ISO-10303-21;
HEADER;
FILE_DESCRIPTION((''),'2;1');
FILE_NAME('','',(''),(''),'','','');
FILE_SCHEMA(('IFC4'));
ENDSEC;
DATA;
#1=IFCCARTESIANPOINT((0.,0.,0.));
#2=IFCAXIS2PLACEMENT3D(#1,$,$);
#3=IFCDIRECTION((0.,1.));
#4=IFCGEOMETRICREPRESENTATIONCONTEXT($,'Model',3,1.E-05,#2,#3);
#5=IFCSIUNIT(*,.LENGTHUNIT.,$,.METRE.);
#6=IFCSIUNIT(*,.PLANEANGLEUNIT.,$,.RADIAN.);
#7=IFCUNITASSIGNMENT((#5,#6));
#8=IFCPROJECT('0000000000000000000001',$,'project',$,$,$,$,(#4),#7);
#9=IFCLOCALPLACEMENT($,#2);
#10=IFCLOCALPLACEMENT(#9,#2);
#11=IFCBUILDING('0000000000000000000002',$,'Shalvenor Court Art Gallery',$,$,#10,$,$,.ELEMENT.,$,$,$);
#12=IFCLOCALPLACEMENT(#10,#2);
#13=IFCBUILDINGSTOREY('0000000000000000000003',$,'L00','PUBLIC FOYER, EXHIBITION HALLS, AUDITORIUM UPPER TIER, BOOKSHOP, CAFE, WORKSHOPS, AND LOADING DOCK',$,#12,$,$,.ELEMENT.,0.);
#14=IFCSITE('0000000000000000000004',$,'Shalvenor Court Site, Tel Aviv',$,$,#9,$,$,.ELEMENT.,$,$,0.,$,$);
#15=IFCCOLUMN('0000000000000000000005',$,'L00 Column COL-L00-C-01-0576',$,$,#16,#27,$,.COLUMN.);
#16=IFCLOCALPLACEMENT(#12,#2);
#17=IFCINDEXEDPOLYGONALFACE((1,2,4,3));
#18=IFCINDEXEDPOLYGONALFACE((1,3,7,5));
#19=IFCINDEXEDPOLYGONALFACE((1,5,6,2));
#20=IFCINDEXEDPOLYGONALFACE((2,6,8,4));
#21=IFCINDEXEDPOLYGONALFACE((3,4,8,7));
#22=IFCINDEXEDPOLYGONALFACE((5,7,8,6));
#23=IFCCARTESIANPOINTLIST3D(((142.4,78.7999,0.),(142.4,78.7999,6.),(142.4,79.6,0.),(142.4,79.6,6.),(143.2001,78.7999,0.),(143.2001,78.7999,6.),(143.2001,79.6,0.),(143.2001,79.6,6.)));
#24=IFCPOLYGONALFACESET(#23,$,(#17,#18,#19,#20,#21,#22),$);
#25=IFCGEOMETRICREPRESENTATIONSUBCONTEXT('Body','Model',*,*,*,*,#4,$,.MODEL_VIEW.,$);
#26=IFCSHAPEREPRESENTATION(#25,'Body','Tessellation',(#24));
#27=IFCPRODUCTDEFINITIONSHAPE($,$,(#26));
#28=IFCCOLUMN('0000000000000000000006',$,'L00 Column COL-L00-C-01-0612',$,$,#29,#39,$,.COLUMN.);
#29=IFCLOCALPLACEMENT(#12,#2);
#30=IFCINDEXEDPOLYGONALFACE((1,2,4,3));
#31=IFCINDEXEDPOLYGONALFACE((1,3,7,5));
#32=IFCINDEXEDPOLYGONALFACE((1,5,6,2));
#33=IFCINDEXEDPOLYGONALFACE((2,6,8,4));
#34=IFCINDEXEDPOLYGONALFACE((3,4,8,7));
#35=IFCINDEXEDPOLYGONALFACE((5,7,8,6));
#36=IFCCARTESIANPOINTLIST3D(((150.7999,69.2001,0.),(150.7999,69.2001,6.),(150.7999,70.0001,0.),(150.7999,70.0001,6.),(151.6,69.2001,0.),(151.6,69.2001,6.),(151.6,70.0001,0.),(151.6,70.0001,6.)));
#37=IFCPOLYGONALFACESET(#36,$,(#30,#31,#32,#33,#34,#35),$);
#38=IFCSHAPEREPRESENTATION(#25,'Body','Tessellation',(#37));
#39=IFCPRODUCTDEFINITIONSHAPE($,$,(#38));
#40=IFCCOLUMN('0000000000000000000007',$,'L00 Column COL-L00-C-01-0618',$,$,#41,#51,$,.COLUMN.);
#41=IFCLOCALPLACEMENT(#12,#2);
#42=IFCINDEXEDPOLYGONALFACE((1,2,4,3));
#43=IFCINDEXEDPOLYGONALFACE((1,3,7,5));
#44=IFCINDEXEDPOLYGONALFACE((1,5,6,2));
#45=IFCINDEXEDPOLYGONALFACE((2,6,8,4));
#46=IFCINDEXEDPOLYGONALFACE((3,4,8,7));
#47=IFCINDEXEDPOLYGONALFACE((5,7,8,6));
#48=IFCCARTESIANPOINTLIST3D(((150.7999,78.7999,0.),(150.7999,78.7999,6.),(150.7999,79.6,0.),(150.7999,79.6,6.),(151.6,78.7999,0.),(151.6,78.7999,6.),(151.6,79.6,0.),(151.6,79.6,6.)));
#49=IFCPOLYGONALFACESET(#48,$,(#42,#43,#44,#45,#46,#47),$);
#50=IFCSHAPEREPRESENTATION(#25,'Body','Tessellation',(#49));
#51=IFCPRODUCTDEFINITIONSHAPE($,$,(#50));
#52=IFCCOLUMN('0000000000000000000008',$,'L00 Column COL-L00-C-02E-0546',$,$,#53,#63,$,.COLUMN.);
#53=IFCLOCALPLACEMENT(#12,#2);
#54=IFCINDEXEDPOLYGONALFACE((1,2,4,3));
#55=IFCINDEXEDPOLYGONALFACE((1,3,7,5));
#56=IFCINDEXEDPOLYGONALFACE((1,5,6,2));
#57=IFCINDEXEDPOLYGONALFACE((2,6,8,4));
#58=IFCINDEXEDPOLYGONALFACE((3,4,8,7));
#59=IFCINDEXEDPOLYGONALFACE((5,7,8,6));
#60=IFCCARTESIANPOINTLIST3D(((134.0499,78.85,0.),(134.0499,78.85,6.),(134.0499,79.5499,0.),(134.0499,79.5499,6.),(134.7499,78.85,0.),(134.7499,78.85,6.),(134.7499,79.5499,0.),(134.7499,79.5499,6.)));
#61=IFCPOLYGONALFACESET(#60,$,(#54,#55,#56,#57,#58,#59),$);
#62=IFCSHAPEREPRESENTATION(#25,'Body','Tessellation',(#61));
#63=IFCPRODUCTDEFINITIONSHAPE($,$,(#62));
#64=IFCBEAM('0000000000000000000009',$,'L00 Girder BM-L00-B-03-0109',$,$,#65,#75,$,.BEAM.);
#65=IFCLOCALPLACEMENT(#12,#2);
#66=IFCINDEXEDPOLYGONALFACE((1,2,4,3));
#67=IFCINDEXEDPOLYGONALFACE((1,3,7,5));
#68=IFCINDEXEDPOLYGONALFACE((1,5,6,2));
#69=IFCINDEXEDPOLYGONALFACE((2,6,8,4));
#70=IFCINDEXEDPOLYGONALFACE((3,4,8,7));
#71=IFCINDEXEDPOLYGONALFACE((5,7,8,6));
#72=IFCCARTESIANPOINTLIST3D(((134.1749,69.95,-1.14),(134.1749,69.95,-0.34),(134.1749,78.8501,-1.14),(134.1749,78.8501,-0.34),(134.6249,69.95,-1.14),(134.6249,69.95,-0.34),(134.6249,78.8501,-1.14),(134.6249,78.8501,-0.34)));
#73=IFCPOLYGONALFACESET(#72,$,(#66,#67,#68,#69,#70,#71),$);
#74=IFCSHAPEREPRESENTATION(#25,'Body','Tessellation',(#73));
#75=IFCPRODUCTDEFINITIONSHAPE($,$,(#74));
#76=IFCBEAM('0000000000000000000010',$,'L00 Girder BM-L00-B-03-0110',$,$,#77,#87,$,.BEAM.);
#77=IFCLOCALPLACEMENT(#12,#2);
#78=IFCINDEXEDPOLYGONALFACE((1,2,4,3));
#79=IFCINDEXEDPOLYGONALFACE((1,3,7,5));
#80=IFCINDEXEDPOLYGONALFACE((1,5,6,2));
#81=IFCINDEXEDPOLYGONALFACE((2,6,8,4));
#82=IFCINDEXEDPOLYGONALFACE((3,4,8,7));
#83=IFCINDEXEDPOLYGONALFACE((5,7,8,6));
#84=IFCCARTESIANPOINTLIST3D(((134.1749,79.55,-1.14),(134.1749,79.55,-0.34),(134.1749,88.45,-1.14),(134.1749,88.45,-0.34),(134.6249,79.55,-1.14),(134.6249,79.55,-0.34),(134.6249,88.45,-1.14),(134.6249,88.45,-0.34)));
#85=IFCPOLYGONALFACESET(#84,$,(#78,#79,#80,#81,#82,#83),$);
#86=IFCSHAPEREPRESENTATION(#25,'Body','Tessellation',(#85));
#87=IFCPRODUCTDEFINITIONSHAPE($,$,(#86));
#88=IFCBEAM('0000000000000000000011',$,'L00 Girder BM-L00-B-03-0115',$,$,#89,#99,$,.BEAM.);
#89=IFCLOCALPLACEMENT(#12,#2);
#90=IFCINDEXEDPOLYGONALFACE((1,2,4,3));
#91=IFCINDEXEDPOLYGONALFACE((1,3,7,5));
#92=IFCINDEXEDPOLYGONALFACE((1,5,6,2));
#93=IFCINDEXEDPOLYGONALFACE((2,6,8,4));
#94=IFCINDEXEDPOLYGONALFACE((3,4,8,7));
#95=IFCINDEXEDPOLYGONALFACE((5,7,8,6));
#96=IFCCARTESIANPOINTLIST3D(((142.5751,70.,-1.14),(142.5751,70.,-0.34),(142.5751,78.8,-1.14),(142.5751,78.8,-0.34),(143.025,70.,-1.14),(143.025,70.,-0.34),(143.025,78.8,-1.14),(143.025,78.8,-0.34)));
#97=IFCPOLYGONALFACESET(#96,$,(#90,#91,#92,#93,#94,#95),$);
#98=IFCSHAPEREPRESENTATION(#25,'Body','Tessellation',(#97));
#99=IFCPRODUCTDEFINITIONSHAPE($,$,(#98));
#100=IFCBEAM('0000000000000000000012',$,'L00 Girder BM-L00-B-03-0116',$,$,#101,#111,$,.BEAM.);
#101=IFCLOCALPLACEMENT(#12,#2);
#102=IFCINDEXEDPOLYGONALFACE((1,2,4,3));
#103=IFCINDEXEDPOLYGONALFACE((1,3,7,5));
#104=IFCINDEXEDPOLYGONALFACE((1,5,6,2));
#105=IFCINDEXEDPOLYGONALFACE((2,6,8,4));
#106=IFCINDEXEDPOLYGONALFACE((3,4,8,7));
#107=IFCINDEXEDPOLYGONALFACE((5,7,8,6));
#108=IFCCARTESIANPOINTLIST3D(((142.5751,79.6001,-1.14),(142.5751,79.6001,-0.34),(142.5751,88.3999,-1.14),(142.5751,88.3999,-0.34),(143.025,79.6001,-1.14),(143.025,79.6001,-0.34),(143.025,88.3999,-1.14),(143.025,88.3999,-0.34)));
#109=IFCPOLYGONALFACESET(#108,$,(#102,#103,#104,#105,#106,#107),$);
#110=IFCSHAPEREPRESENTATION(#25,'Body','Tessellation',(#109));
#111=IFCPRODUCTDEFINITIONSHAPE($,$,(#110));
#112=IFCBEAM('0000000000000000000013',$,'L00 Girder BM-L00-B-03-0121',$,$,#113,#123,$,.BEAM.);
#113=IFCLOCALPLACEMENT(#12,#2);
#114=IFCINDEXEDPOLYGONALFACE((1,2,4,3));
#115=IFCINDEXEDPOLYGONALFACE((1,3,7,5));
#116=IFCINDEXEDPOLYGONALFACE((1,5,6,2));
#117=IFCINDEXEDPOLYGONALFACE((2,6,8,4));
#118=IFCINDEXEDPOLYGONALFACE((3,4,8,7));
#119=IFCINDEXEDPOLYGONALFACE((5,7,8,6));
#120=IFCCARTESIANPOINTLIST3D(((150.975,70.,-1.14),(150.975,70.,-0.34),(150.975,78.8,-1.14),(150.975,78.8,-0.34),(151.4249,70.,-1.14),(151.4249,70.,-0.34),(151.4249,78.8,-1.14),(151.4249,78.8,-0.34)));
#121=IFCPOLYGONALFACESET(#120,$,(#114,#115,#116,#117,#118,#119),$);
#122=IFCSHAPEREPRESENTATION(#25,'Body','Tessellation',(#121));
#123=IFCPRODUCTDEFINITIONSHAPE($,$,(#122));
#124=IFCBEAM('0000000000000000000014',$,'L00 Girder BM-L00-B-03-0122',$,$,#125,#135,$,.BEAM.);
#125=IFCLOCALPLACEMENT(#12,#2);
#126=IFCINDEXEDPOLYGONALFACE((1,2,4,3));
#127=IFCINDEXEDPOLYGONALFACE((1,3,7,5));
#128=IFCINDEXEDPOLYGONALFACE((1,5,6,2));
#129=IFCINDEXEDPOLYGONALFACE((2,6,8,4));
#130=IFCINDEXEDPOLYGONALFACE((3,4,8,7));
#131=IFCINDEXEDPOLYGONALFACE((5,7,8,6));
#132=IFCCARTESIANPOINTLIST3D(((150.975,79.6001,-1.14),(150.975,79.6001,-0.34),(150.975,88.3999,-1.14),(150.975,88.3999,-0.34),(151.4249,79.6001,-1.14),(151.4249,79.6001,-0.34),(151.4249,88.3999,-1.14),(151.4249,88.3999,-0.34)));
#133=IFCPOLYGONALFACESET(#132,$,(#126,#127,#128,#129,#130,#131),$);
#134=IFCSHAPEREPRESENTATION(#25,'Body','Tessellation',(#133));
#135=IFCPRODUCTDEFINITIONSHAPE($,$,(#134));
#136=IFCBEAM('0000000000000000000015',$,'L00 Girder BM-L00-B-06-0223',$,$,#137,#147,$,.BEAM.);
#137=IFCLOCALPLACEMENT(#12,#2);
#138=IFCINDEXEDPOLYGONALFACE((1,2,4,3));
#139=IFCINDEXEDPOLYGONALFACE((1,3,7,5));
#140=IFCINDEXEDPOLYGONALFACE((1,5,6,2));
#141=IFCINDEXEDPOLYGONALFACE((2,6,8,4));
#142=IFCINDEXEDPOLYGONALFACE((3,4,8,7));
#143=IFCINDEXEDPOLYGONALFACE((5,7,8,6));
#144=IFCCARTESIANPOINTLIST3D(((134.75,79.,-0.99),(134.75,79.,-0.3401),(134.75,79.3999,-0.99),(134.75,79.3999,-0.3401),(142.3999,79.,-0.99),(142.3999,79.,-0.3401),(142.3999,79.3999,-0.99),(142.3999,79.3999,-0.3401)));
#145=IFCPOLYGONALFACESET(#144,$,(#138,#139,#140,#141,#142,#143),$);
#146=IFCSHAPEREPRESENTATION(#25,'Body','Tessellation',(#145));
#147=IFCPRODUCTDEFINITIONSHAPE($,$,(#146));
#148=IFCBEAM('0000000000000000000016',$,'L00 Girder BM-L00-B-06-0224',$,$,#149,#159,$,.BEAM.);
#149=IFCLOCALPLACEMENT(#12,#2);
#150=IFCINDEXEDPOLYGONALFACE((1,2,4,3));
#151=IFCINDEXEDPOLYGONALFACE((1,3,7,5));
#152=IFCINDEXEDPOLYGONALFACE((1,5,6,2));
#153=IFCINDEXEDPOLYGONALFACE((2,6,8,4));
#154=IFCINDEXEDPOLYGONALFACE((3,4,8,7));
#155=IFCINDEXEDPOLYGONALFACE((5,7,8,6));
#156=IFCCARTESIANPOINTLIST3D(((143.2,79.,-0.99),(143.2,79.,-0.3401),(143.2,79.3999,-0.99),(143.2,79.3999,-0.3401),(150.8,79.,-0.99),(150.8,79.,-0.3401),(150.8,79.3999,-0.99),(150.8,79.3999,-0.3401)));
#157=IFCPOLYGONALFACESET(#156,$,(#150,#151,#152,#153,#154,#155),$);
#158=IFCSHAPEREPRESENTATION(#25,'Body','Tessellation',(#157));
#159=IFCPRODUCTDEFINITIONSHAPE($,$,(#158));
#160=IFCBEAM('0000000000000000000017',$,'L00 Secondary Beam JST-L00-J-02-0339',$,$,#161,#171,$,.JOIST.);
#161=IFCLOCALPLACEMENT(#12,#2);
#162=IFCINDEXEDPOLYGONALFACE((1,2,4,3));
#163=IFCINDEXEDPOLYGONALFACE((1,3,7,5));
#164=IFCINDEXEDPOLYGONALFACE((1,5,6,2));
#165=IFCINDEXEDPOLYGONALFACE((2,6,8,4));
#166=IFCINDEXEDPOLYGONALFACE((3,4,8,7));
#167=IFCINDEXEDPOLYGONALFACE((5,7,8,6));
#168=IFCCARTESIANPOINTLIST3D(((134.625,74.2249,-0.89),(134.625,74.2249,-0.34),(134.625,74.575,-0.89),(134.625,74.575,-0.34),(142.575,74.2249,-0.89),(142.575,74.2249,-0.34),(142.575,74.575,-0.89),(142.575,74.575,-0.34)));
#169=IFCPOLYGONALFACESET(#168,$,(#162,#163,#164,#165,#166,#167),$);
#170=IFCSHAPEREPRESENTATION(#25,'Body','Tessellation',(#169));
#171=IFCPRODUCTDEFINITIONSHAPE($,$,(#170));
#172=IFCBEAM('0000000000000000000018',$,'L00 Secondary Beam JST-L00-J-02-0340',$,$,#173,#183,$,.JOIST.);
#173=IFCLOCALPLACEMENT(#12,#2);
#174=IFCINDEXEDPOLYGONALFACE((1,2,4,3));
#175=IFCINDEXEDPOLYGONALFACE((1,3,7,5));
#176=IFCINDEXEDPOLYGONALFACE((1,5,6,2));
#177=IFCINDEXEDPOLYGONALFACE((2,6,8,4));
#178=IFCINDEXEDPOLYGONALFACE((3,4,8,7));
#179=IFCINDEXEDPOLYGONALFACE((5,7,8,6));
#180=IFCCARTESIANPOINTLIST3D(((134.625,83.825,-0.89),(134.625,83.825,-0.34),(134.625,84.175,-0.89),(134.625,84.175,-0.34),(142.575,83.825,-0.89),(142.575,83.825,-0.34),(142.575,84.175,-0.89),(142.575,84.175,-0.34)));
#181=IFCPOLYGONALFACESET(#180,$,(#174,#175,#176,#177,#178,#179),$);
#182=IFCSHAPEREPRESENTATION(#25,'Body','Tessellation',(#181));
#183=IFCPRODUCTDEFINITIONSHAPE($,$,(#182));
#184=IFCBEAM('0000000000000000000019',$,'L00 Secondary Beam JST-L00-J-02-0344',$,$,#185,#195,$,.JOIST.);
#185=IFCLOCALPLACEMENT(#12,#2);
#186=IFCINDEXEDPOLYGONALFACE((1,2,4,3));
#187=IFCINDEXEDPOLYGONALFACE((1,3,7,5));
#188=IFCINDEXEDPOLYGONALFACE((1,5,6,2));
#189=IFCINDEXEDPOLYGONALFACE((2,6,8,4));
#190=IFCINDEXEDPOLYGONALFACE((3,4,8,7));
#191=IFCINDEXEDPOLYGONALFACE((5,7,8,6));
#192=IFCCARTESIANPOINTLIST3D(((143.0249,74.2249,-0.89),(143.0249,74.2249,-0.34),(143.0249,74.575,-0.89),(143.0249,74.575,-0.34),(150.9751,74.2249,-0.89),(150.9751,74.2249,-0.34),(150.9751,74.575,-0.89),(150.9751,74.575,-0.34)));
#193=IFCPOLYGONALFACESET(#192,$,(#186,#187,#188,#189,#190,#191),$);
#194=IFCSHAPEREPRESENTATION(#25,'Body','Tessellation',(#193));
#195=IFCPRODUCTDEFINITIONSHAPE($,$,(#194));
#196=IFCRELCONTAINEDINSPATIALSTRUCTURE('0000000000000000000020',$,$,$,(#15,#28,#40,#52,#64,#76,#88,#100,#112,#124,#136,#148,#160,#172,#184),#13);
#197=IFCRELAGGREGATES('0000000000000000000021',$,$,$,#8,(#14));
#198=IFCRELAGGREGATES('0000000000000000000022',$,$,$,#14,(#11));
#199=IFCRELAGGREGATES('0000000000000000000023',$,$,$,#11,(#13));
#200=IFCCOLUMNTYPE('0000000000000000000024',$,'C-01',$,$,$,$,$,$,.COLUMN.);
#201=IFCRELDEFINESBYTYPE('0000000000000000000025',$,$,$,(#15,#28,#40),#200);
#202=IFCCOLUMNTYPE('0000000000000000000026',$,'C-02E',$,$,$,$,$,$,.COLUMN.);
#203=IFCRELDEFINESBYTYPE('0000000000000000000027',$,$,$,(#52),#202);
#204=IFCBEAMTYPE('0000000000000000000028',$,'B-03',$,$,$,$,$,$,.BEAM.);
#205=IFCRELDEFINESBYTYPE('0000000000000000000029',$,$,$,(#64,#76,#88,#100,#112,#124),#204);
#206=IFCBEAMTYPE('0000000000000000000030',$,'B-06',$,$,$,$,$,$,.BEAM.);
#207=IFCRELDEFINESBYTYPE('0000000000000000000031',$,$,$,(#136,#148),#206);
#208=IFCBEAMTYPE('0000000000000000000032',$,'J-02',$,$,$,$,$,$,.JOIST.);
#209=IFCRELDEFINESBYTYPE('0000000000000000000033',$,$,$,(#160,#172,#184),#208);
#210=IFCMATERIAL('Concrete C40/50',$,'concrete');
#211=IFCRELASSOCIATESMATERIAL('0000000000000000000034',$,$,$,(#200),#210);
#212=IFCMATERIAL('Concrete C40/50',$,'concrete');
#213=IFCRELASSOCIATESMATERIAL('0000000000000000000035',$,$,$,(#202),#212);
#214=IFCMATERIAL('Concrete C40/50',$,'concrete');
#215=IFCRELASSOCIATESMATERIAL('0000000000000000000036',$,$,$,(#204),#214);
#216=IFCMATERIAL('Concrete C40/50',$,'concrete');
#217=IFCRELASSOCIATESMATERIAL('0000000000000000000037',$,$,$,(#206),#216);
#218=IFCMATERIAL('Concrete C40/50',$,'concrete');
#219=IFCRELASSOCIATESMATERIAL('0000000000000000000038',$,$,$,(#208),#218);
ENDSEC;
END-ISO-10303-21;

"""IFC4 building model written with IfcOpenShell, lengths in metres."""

from ifc_helpers import new_model, si_unit, direction, frame, origin, origin_2d, place, context, subcontext, project, spatial, rectangle, extrude, material, material_profile, profile_set, type_object, element, save


model = new_model("IFC4")

# Units and contexts
model_context = context("Model", 3, precision=1e-05, world=origin(), true_north=direction((0.0, 1.0)))
body_context = subcontext(model_context, "Body", "Model", "MODEL_VIEW")
ifc_project = project(units=[si_unit("LENGTHUNIT", "METRE"), si_unit("PLANEANGLEUNIT", "RADIAN")], contexts=[model_context])

# Site, building, storey
site_placement = place(None, origin())
site = spatial("IfcSite", under=ifc_project, at=site_placement, Name="Shalvenor Court Site, Tel Aviv", CompositionType="ELEMENT", RefElevation=0.0)
building_placement = place(site_placement, origin())
building = spatial("IfcBuilding", under=site, at=building_placement, Name="Shalvenor Court Art Gallery", CompositionType="ELEMENT")
storey_placement = place(building_placement, origin())
storey = spatial("IfcBuildingStorey", under=building, at=storey_placement, Name="L00", Description="PUBLIC FOYER, EXHIBITION HALLS, AUDITORIUM UPPER TIER, BOOKSHOP, CAFE, WORKSHOPS, AND LOADING DOCK", CompositionType="ELEMENT", Elevation=0.0)

# Columns
ifc_material_1 = material(Name="Concrete C40/50", Category="concrete")
ifc_material_profile_1 = material_profile(ifc_material_1, rectangle(XDim=0.8, YDim=0.8, at=origin_2d()), Name="RC 800x800")
ifc_profile_set_1 = profile_set([ifc_material_profile_1], Name="Concrete C40/50")
column_type_1 = type_object("IfcColumnType", Name="C-01", PredefinedType="COLUMN", material=ifc_profile_set_1)
for number, where, z_axis, x_axis, name in (
    (1, (142.8, 79.2, 0.0), (0.0, 0.0, 1.0), (1.0, 0.0, 0.0), "L00 Column COL-L00-C-01-0576"),
    (2, (151.2, 69.6001, 0.0), (0.0, 0.0, 1.0), (1.0, 0.0, 0.0), "L00 Column COL-L00-C-01-0612"),
    (3, (151.2, 79.2, 0.0), (0.0, 0.0, 1.0), (1.0, 0.0, 0.0), "L00 Column COL-L00-C-01-0618"),
):
    element("IfcColumn", number, at=place(storey_placement, frame(where, z_axis=z_axis, x_axis=x_axis)), inside=storey, type_object=column_type_1, Name=name, PredefinedType="COLUMN", context=body_context, shape_type="SweptSolid", body=[
        extrude(rectangle(XDim=0.8, YDim=0.8, at=origin_2d()), origin(), (0.0, 0.0, 1.0), 6.0),
    ])
ifc_material_2 = material(Name="Concrete C40/50", Category="concrete")
ifc_material_profile_2 = material_profile(ifc_material_2, rectangle(XDim=0.7, YDim=0.7, at=origin_2d()), Name="RC 700x700")
ifc_profile_set_2 = profile_set([ifc_material_profile_2], Name="Concrete C40/50")
column_type_2 = type_object("IfcColumnType", Name="C-02E", PredefinedType="COLUMN", material=ifc_profile_set_2)
column_placement = place(storey_placement, frame((134.3999, 79.2, 0.0), z_axis=(0.0, 0.0, 1.0), x_axis=(1.0, 0.0, 0.0)))
element("IfcColumn", 4, at=column_placement, inside=storey, type_object=column_type_2, Name="L00 Column COL-L00-C-02E-0546", PredefinedType="COLUMN", context=body_context, shape_type="SweptSolid", body=[
    extrude(rectangle(XDim=0.7, YDim=0.7, at=origin_2d()), origin(), (0.0, 0.0, 1.0), 6.0),
])

# Beams
ifc_material_3 = material(Name="Concrete C40/50", Category="concrete")
ifc_material_profile_3 = material_profile(ifc_material_3, rectangle(XDim=0.45, YDim=0.8, at=origin_2d()), Name="RC 450x800")
ifc_profile_set_3 = profile_set([ifc_material_profile_3], Name="Concrete C40/50")
beam_type_1 = type_object("IfcBeamType", Name="B-03", PredefinedType="BEAM", material=ifc_profile_set_3)
beam_1_placement = place(storey_placement, frame((134.3999, 69.95, -0.74), z_axis=(0.0, 1.0, 0.0), x_axis=(-1.0, 0.0, 0.0)))
element("IfcBeam", 5, at=beam_1_placement, inside=storey, type_object=beam_type_1, Name="L00 Girder BM-L00-B-03-0109", PredefinedType="BEAM", context=body_context, shape_type="SweptSolid", body=[
    extrude(rectangle(XDim=0.45, YDim=0.8, at=origin_2d()), origin(), (0.0, 0.0, 1.0), 8.9001),
])
beam_2_placement = place(storey_placement, frame((134.3999, 79.55, -0.74), z_axis=(0.0, 1.0, 0.0), x_axis=(-1.0, 0.0, 0.0)))
element("IfcBeam", 6, at=beam_2_placement, inside=storey, type_object=beam_type_1, Name="L00 Girder BM-L00-B-03-0110", PredefinedType="BEAM", context=body_context, shape_type="SweptSolid", body=[
    extrude(rectangle(XDim=0.45, YDim=0.8, at=origin_2d()), origin(), (0.0, 0.0, 1.0), 8.8999),
])
beam_3_placement = place(storey_placement, frame((142.8, 70.0, -0.74), z_axis=(0.0, 1.0, 0.0), x_axis=(-1.0, 0.0, 0.0)))
element("IfcBeam", 7, at=beam_3_placement, inside=storey, type_object=beam_type_1, Name="L00 Girder BM-L00-B-03-0115", PredefinedType="BEAM", context=body_context, shape_type="SweptSolid", body=[
    extrude(rectangle(XDim=0.45, YDim=0.8, at=origin_2d()), origin(), (0.0, 0.0, 1.0), 8.8),
])
beam_4_placement = place(storey_placement, frame((142.8, 79.6001, -0.74), z_axis=(0.0, 1.0, 0.0), x_axis=(-1.0, 0.0, 0.0)))
element("IfcBeam", 8, at=beam_4_placement, inside=storey, type_object=beam_type_1, Name="L00 Girder BM-L00-B-03-0116", PredefinedType="BEAM", context=body_context, shape_type="SweptSolid", body=[
    extrude(rectangle(XDim=0.45, YDim=0.8, at=origin_2d()), origin(), (0.0, 0.0, 1.0), 8.7998),
])
beam_5_placement = place(storey_placement, frame((151.2, 70.0, -0.74), z_axis=(0.0, 1.0, 0.0), x_axis=(-1.0, 0.0, 0.0)))
element("IfcBeam", 9, at=beam_5_placement, inside=storey, type_object=beam_type_1, Name="L00 Girder BM-L00-B-03-0121", PredefinedType="BEAM", context=body_context, shape_type="SweptSolid", body=[
    extrude(rectangle(XDim=0.45, YDim=0.8, at=origin_2d()), origin(), (0.0, 0.0, 1.0), 8.8),
])
beam_6_placement = place(storey_placement, frame((151.2, 79.6001, -0.74), z_axis=(0.0, 1.0, 0.0), x_axis=(-1.0, 0.0, 0.0)))
element("IfcBeam", 10, at=beam_6_placement, inside=storey, type_object=beam_type_1, Name="L00 Girder BM-L00-B-03-0122", PredefinedType="BEAM", context=body_context, shape_type="SweptSolid", body=[
    extrude(rectangle(XDim=0.45, YDim=0.8, at=origin_2d()), origin(), (0.0, 0.0, 1.0), 8.7998),
])
ifc_material_4 = material(Name="Concrete C40/50", Category="concrete")
ifc_material_profile_4 = material_profile(ifc_material_4, rectangle(XDim=0.3999, YDim=0.6499, at=origin_2d()), Name="RC 400x650")
ifc_profile_set_4 = profile_set([ifc_material_profile_4], Name="Concrete C40/50")
beam_type_2 = type_object("IfcBeamType", Name="B-06", PredefinedType="BEAM", material=ifc_profile_set_4)
beam_7_placement = place(storey_placement, frame((134.75, 79.2, -0.665), z_axis=(1.0, 0.0, 0.0), x_axis=(0.0, 1.0, 0.0)))
element("IfcBeam", 11, at=beam_7_placement, inside=storey, type_object=beam_type_2, Name="L00 Girder BM-L00-B-06-0223", PredefinedType="BEAM", context=body_context, shape_type="SweptSolid", body=[
    extrude(rectangle(XDim=0.3999, YDim=0.6499, at=origin_2d()), origin(), (0.0, 0.0, 1.0), 7.6499),
])
beam_8_placement = place(storey_placement, frame((143.2, 79.2, -0.665), z_axis=(1.0, 0.0, 0.0), x_axis=(0.0, 1.0, 0.0)))
element("IfcBeam", 12, at=beam_8_placement, inside=storey, type_object=beam_type_2, Name="L00 Girder BM-L00-B-06-0224", PredefinedType="BEAM", context=body_context, shape_type="SweptSolid", body=[
    extrude(rectangle(XDim=0.3999, YDim=0.6499, at=origin_2d()), origin(), (0.0, 0.0, 1.0), 7.6001),
])
ifc_material_5 = material(Name="Concrete C40/50", Category="concrete")
ifc_material_profile_5 = material_profile(ifc_material_5, rectangle(XDim=0.3501, YDim=0.55, at=origin_2d()), Name="RC 350x550")
ifc_profile_set_5 = profile_set([ifc_material_profile_5], Name="Concrete C40/50")
beam_type_3 = type_object("IfcBeamType", Name="J-02", PredefinedType="JOIST", material=ifc_profile_set_5)
for number, where, z_axis, x_axis, name in (
    (13, (134.625, 74.3999, -0.615), (1.0, 0.0, 0.0), (0.0, 1.0, 0.0), "L00 Secondary Beam JST-L00-J-02-0339"),
    (14, (134.625, 84.0, -0.615), (1.0, 0.0, 0.0), (0.0, 1.0, 0.0), "L00 Secondary Beam JST-L00-J-02-0340"),
):
    element("IfcBeam", number, at=place(storey_placement, frame(where, z_axis=z_axis, x_axis=x_axis)), inside=storey, type_object=beam_type_3, Name=name, PredefinedType="JOIST", context=body_context, shape_type="SweptSolid", body=[
        extrude(rectangle(XDim=0.3501, YDim=0.55, at=origin_2d()), origin(), (0.0, 0.0, 1.0), 7.95),
    ])
for number, where, z_axis, x_axis, name in (
    (15, (143.0249, 74.3999, -0.615), (1.0, 0.0, 0.0), (0.0, 1.0, 0.0), "L00 Secondary Beam JST-L00-J-02-0344"),
):
    element("IfcBeam", number, at=place(storey_placement, frame(where, z_axis=z_axis, x_axis=x_axis)), inside=storey, type_object=beam_type_3, Name=name, PredefinedType="JOIST", context=body_context, shape_type="SweptSolid", body=[
        extrude(rectangle(XDim=0.3501, YDim=0.55, at=origin_2d()), origin(), (0.0, 0.0, 1.0), 7.9502),
    ])

save(model, "model.ifc")
